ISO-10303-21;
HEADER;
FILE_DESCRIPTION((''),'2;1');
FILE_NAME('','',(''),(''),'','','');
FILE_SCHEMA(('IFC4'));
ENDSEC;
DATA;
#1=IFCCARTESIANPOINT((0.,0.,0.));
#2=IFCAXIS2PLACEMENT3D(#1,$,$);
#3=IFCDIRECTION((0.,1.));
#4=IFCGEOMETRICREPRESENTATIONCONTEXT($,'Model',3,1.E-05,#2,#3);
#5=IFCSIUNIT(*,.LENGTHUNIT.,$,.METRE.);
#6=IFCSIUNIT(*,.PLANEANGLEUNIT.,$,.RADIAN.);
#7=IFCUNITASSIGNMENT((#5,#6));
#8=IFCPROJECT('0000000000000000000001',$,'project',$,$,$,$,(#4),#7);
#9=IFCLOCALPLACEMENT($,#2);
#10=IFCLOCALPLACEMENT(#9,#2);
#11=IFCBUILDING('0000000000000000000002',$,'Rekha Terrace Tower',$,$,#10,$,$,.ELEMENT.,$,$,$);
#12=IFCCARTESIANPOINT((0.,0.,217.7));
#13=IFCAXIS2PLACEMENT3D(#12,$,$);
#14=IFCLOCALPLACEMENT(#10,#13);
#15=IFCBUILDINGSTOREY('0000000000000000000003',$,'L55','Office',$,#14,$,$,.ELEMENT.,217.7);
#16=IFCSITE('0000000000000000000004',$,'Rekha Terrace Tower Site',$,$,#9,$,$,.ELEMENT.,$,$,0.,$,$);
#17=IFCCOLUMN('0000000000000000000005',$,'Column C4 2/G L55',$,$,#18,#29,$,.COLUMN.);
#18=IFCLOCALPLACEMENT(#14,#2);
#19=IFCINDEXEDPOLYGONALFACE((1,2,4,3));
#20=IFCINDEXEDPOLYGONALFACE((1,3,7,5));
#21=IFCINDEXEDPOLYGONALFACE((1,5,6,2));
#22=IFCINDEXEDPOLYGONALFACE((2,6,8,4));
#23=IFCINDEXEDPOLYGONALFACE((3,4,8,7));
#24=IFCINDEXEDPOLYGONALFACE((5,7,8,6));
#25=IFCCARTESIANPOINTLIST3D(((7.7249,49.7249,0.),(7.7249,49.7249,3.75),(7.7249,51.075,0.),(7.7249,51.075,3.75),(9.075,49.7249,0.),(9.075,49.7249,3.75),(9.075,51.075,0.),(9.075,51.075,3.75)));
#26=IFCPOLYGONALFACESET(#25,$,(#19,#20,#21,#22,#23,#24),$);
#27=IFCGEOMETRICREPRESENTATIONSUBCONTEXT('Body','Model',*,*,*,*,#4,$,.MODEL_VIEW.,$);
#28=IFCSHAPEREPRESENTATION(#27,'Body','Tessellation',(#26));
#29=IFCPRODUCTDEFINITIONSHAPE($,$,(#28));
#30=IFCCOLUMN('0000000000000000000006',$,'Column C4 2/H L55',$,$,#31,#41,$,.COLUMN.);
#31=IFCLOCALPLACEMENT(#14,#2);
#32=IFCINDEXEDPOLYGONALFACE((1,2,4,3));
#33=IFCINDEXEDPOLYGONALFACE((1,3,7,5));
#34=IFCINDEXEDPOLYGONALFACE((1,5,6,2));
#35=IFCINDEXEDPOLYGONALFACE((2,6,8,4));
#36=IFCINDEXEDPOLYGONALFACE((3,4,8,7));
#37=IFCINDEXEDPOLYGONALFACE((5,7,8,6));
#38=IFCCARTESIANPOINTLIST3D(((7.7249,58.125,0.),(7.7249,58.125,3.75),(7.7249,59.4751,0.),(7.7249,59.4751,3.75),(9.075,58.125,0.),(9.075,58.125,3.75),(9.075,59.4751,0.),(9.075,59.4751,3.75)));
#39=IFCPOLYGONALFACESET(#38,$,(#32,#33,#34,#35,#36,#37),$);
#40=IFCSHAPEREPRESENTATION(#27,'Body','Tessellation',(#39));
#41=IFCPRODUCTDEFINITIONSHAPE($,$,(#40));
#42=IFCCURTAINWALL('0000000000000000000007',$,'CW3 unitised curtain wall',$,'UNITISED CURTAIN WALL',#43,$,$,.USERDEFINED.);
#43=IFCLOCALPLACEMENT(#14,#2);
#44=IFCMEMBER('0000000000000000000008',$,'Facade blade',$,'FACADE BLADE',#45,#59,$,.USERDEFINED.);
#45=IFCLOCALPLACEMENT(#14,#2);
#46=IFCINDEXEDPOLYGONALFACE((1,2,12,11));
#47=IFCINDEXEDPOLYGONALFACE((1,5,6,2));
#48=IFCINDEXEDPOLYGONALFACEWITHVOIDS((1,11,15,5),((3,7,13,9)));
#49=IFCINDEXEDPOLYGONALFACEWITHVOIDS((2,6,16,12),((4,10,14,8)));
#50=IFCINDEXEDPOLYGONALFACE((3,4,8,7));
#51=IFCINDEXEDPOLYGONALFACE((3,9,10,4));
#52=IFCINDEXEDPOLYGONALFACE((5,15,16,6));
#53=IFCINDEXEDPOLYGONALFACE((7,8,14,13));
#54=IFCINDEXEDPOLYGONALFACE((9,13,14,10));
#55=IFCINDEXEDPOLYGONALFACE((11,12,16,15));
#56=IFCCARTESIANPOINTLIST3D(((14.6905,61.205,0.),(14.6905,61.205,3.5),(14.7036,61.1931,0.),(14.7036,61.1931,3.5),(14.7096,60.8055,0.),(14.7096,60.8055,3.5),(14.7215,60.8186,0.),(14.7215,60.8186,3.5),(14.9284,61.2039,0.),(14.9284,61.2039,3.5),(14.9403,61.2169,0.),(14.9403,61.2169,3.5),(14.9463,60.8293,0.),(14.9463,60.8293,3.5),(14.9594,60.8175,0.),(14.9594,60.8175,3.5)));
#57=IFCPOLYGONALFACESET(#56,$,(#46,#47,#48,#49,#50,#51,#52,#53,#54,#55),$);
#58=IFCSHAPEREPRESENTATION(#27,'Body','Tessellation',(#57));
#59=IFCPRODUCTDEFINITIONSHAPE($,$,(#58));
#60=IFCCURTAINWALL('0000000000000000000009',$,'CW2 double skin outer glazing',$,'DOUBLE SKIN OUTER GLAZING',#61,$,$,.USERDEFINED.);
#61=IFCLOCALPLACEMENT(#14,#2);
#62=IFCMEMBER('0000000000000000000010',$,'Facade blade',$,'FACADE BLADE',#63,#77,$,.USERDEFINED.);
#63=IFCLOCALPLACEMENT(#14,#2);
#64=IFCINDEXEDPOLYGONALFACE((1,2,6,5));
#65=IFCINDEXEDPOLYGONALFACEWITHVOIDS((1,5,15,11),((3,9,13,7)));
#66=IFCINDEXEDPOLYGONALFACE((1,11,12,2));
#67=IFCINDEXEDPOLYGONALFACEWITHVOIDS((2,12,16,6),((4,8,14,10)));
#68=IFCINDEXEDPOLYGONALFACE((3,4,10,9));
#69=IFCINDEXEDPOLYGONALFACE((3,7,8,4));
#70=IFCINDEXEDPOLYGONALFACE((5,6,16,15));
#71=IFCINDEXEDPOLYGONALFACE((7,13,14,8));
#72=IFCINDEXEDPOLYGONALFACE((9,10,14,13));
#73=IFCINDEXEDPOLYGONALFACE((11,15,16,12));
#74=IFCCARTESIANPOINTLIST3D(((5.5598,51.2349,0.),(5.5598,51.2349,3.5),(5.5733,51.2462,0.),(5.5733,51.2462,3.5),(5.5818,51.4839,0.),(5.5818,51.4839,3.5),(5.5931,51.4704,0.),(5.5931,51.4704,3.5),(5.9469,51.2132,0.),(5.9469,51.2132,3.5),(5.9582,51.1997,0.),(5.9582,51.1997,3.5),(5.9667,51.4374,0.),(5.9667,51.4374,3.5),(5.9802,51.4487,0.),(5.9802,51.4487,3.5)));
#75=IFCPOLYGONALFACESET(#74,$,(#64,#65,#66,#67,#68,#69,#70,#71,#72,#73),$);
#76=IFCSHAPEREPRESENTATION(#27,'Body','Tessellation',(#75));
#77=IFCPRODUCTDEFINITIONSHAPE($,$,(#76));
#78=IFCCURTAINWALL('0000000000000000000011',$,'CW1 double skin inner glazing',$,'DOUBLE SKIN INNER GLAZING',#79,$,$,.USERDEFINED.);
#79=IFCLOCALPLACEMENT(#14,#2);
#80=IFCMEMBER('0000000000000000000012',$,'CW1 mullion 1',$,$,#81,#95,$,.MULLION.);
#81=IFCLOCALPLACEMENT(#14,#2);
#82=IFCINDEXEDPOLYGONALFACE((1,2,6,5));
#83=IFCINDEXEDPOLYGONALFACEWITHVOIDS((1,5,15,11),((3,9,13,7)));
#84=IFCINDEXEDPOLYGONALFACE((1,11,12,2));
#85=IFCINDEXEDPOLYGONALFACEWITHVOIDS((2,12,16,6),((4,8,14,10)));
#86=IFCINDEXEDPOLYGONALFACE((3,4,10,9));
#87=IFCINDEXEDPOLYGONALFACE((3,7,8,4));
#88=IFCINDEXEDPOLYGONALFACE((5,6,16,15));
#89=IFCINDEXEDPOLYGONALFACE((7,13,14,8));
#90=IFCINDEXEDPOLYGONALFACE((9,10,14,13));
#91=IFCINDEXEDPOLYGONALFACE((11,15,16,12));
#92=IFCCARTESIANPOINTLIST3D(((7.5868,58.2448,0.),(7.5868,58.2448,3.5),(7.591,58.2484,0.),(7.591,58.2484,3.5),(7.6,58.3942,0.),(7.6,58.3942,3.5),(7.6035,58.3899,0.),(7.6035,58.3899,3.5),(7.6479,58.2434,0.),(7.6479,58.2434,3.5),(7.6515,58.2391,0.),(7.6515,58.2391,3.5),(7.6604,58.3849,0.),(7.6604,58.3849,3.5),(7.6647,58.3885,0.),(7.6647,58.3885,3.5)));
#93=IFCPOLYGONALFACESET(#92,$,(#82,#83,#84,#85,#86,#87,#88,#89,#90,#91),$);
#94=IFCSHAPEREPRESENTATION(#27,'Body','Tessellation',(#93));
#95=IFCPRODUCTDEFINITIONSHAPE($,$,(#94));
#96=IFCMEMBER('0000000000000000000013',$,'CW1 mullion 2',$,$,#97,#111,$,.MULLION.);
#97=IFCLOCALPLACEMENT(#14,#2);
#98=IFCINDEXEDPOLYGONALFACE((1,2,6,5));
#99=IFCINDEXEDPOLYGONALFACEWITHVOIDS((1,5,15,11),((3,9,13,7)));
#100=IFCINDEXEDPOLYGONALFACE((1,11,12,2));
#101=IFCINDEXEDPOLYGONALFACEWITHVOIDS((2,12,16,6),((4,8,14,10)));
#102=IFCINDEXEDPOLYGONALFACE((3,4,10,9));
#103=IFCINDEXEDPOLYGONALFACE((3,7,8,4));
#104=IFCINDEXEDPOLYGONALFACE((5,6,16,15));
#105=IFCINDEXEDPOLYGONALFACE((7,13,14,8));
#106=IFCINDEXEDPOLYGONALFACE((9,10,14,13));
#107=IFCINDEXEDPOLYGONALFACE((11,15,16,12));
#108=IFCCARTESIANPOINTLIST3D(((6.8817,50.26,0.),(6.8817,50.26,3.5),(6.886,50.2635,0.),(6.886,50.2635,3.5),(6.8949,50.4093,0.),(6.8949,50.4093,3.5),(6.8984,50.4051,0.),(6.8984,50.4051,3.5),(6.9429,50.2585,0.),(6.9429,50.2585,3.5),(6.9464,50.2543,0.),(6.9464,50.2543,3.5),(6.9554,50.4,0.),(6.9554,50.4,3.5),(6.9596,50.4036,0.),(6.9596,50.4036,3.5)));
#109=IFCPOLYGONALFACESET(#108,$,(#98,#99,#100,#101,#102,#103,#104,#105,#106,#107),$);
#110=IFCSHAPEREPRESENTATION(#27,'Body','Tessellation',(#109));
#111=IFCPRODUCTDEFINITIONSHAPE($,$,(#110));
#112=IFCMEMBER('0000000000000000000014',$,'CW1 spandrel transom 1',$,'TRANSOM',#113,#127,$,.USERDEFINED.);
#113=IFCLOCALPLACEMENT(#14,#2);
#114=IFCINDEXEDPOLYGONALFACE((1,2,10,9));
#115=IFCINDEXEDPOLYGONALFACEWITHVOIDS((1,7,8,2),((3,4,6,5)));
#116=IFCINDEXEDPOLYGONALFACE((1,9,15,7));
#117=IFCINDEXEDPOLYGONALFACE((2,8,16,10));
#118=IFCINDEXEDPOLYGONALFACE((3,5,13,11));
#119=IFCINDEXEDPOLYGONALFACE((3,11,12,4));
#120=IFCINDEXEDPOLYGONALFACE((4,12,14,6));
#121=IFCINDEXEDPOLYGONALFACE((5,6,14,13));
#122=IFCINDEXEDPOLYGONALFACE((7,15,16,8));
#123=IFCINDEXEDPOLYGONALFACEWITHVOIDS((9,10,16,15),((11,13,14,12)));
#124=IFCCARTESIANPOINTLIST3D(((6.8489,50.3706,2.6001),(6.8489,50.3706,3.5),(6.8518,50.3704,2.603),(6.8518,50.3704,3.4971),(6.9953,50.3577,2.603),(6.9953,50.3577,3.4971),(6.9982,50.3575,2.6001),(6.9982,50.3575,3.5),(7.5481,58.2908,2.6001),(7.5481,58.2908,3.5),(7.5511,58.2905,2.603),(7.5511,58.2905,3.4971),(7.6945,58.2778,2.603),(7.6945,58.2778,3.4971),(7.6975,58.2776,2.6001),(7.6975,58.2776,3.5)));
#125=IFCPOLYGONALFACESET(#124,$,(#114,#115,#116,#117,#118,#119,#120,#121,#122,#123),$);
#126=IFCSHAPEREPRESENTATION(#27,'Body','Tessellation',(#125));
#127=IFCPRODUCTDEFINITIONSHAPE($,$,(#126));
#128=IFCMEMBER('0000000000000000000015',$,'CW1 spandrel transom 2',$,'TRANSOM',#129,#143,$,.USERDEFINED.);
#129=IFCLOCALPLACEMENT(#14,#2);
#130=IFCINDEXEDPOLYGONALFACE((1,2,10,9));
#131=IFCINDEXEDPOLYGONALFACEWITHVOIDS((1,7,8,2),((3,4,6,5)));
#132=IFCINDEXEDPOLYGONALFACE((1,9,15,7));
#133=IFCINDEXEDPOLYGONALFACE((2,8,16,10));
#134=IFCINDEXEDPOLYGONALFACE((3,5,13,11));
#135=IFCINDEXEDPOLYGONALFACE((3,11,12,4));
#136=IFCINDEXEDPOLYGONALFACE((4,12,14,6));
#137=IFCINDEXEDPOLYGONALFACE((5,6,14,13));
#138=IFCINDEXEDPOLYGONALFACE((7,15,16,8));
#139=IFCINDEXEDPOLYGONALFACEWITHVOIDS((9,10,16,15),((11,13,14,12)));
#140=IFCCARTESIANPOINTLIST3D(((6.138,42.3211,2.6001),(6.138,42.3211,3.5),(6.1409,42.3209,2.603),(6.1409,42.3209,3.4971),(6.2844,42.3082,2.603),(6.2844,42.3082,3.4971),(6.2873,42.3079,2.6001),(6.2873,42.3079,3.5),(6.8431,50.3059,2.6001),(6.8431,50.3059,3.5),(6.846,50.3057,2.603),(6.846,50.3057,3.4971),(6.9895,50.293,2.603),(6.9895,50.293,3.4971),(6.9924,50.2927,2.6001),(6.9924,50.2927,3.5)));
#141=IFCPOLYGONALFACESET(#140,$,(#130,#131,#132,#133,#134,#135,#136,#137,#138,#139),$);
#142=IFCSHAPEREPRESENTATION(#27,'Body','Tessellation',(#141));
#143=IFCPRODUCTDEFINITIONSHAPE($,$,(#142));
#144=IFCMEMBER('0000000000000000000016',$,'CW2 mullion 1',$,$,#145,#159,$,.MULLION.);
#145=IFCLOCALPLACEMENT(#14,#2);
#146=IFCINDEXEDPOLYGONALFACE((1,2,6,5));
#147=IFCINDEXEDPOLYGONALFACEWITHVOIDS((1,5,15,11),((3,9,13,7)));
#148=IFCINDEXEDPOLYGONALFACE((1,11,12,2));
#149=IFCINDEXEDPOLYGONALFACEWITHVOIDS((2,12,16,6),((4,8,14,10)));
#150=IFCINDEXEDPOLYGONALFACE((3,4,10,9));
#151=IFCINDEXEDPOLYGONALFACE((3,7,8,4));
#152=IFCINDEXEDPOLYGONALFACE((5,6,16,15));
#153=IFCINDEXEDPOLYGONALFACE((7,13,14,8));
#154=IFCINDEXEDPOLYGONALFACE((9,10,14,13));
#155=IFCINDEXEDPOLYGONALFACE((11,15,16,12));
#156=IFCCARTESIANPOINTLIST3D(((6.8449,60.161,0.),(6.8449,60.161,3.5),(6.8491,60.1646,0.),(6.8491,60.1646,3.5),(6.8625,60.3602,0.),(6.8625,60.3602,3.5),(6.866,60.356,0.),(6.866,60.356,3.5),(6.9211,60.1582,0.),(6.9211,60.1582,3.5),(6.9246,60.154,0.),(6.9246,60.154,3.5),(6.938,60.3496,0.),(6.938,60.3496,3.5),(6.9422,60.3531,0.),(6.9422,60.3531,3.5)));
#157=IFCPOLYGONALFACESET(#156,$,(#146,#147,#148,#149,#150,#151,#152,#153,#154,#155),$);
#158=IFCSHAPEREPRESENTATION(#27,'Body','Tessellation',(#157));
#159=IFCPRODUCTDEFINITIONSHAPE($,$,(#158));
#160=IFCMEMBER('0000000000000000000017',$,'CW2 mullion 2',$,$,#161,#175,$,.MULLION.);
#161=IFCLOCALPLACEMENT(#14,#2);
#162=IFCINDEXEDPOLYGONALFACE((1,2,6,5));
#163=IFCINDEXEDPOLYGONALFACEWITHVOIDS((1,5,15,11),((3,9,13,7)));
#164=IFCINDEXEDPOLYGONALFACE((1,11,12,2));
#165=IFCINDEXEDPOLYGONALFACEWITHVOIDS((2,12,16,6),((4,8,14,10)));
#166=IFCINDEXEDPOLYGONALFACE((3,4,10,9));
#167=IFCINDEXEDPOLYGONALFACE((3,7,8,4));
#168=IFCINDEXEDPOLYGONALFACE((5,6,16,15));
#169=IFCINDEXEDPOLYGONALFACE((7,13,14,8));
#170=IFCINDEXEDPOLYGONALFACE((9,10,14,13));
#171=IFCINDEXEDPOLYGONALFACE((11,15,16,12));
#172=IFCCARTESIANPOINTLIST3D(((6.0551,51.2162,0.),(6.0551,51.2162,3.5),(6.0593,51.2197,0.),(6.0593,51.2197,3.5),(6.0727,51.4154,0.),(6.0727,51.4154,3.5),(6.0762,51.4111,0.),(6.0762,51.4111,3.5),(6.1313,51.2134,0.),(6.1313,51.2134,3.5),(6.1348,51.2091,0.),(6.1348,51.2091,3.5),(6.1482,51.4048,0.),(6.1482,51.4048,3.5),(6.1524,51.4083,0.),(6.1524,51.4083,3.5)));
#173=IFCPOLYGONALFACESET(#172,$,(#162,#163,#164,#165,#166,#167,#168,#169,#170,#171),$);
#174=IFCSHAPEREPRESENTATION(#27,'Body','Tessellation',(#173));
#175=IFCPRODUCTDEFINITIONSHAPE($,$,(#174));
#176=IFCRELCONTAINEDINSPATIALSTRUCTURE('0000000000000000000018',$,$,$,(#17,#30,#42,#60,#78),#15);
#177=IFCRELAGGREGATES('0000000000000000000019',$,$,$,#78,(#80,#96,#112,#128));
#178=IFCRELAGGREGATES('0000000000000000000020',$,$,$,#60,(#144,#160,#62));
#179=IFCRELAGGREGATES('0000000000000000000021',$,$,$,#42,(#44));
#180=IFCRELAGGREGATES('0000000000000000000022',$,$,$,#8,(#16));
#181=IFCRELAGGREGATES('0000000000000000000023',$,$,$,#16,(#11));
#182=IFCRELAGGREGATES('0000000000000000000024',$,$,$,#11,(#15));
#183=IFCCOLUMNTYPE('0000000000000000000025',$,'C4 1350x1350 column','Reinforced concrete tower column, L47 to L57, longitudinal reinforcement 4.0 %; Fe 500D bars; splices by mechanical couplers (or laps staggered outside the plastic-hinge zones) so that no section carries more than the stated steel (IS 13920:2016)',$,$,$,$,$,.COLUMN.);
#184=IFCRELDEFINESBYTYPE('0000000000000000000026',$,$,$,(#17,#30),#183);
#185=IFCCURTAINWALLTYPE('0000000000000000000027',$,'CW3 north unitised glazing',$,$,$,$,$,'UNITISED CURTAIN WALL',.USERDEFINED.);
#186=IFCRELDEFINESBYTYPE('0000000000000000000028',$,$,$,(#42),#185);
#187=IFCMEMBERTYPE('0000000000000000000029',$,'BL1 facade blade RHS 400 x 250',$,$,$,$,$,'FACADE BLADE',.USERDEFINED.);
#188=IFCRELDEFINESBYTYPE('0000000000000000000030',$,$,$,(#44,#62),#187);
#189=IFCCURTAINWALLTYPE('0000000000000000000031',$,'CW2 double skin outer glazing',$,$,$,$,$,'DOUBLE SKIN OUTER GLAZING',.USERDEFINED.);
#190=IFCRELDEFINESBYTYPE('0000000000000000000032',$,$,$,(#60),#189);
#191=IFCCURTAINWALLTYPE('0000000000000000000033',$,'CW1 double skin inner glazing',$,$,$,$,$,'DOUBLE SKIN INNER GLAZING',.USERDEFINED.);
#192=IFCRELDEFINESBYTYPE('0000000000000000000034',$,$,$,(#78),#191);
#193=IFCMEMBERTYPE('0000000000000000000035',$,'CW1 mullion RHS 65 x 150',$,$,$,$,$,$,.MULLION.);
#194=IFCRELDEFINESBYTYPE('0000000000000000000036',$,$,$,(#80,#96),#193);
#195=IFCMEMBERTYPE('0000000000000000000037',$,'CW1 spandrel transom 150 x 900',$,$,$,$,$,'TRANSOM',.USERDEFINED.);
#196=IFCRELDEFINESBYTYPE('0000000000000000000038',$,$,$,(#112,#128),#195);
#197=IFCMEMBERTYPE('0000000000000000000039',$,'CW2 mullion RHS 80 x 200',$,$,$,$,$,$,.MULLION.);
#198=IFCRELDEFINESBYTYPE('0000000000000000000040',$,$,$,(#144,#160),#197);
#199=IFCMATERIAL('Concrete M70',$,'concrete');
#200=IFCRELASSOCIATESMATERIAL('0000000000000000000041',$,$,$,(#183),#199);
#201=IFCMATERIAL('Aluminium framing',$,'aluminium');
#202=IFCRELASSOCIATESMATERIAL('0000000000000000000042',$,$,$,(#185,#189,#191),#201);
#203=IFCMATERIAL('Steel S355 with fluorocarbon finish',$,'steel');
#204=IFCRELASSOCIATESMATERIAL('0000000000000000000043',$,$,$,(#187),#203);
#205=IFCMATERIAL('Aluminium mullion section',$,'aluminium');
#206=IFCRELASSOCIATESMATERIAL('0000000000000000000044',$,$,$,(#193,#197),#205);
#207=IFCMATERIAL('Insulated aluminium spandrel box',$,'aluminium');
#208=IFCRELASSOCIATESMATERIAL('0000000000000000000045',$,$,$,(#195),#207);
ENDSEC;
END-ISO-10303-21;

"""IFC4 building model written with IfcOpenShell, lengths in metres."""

from ifc_helpers import new_model, si_unit, direction, frame, origin, origin_2d, place, context, subcontext, project, spatial, rectangle, hollow_rectangle, extrude, material, material_profile, profile_set, type_object, element, aggregate, save


model = new_model("IFC4")

# Units and contexts
model_context = context("Model", 3, precision=1e-05, world=origin(), true_north=direction((0.0, 1.0)))
body_context = subcontext(model_context, "Body", "Model", "MODEL_VIEW")
ifc_project = project(units=[si_unit("LENGTHUNIT", "METRE"), si_unit("PLANEANGLEUNIT", "RADIAN")], contexts=[model_context])

# Site, building, storey
site_placement = place(None, origin())
site = spatial("IfcSite", under=ifc_project, at=site_placement, Name="Rekha Terrace Tower Site", CompositionType="ELEMENT", RefElevation=0.0)
building_placement = place(site_placement, origin())
building = spatial("IfcBuilding", under=site, at=building_placement, Name="Rekha Terrace Tower", CompositionType="ELEMENT")
storey_placement = place(building_placement, frame((0.0, 0.0, 217.7)))
storey = spatial("IfcBuildingStorey", under=building, at=storey_placement, Name="L55", Description="Office", CompositionType="ELEMENT", Elevation=217.7)

# Columns
ifc_material_1 = material(Name="Concrete M70", Category="concrete")
ifc_material_profile_1 = material_profile(ifc_material_1, rectangle(XDim=1.3501, YDim=1.3501, at=origin_2d()), Name="RC 1350x1350")
ifc_profile_set_1 = profile_set([ifc_material_profile_1], Name="Concrete M70")
column_type = type_object("IfcColumnType", Name="C4 1350x1350 column", Description="Reinforced concrete tower column, L47 to L57, longitudinal reinforcement 4.0 %; Fe 500D bars; splices by mechanical couplers (or laps staggered outside the plastic-hinge zones) so that no section carries more than the stated steel (IS 13920:2016)", PredefinedType="COLUMN", material=ifc_profile_set_1)
for number, where, z_axis, x_axis, name in (
    (1, (8.3999, 50.3999, 0.0), (0.0, 0.0, 1.0), (1.0, 0.0, 0.0), "Column C4 2/G L55"),
    (2, (8.3999, 58.8, 0.0), (0.0, 0.0, 1.0), (1.0, 0.0, 0.0), "Column C4 2/H L55"),
):
    element("IfcColumn", number, at=place(storey_placement, frame(where, z_axis=z_axis, x_axis=x_axis)), inside=storey, type_object=column_type, Name=name, PredefinedType="COLUMN", context=body_context, shape_type="SweptSolid", body=[
        extrude(rectangle(XDim=1.3501, YDim=1.3501, at=origin_2d()), origin(), (0.0, 0.0, 1.0), 3.75),
    ])

# Curtain walls, members
ifc_material_2 = material(Name="Aluminium framing", Category="aluminium")
curtain_wall_type_1 = type_object("IfcCurtainWallType", Name="CW3 north unitised glazing", ElementType="UNITISED CURTAIN WALL", PredefinedType="USERDEFINED", material=ifc_material_2)
curtain_wall_1_placement = place(storey_placement, origin())
curtain_wall_1 = element("IfcCurtainWall", 3, at=curtain_wall_1_placement, inside=storey, type_object=curtain_wall_type_1, Name="CW3 unitised curtain wall", ObjectType="UNITISED CURTAIN WALL", PredefinedType="USERDEFINED")
ifc_material_3 = material(Name="Steel S355 with fluorocarbon finish", Category="steel")
ifc_material_profile_2 = material_profile(ifc_material_3, hollow_rectangle(XDim=0.25, YDim=0.3999, WallThickness=0.0125, at=origin_2d()), Name="RHS400x250x12.5")
ifc_profile_set_2 = profile_set([ifc_material_profile_2], Name="Steel S355 with fluorocarbon finish")
member_type_1 = type_object("IfcMemberType", Name="BL1 facade blade RHS 400 x 250", ElementType="FACADE BLADE", PredefinedType="USERDEFINED", material=ifc_profile_set_2)
member_1_placement = place(storey_placement, frame((14.825, 61.0112, 0.0), z_axis=(0.0, 0.0, 1.0), x_axis=(-0.998859, -0.047758, 0.0)))
member_1 = element("IfcMember", 4, at=member_1_placement, type_object=member_type_1, Name="Facade blade", ObjectType="FACADE BLADE", PredefinedType="USERDEFINED", context=body_context, shape_type="SweptSolid", body=[
    extrude(hollow_rectangle(XDim=0.25, YDim=0.3999, WallThickness=0.0125, at=origin_2d()), origin(), (0.0, 0.0, 1.0), 3.5),
])
curtain_wall_type_2 = type_object("IfcCurtainWallType", Name="CW2 double skin outer glazing", ElementType="DOUBLE SKIN OUTER GLAZING", PredefinedType="USERDEFINED", material=ifc_material_2)
curtain_wall_2_placement = place(storey_placement, origin())
curtain_wall_2 = element("IfcCurtainWall", 5, at=curtain_wall_2_placement, inside=storey, type_object=curtain_wall_type_2, Name="CW2 double skin outer glazing", ObjectType="DOUBLE SKIN OUTER GLAZING", PredefinedType="USERDEFINED")
member_2_placement = place(storey_placement, frame((5.77, 51.3418, 0.0), z_axis=(0.0, 0.0, 1.0), x_axis=(-0.087957, -0.996124, 0.0)))
member_2 = element("IfcMember", 6, at=member_2_placement, type_object=member_type_1, Name="Facade blade", ObjectType="FACADE BLADE", PredefinedType="USERDEFINED", context=body_context, shape_type="SweptSolid", body=[
    extrude(hollow_rectangle(XDim=0.25, YDim=0.3999, WallThickness=0.0125, at=origin_2d()), origin(), (0.0, 0.0, 1.0), 3.5),
])

# Curtain wall, members
curtain_wall_type_3 = type_object("IfcCurtainWallType", Name="CW1 double skin inner glazing", ElementType="DOUBLE SKIN INNER GLAZING", PredefinedType="USERDEFINED", material=ifc_material_2)
curtain_wall_3_placement = place(storey_placement, origin())
curtain_wall_3 = element("IfcCurtainWall", 7, at=curtain_wall_3_placement, inside=storey, type_object=curtain_wall_type_3, Name="CW1 double skin inner glazing", ObjectType="DOUBLE SKIN INNER GLAZING", PredefinedType="USERDEFINED")
ifc_material_4 = material(Name="Aluminium mullion section", Category="aluminium")
ifc_material_profile_3 = material_profile(ifc_material_4, hollow_rectangle(XDim=0.0649, YDim=0.1499, WallThickness=0.0039, at=origin_2d()), Name="AL RHS 65x150")
ifc_profile_set_3 = profile_set([ifc_material_profile_3], Name="Aluminium mullion section")
member_type_2 = type_object("IfcMemberType", Name="CW1 mullion RHS 65 x 150", PredefinedType="MULLION", material=ifc_profile_set_3)
member_3_placement = place(storey_placement, frame((7.6257, 58.3167, 0.0), z_axis=(0.0, 0.0, 1.0), x_axis=(0.996124, -0.087958, 0.0)))
member_3 = element("IfcMember", 8, at=member_3_placement, type_object=member_type_2, Name="CW1 mullion 1", PredefinedType="MULLION", context=body_context, shape_type="SweptSolid", body=[
    extrude(hollow_rectangle(XDim=0.0649, YDim=0.1499, WallThickness=0.0039, at=origin_2d()), origin(), (0.0, 0.0, 1.0), 3.5),
])
member_4_placement = place(storey_placement, frame((6.9207, 50.3318, 0.0), z_axis=(0.0, 0.0, 1.0), x_axis=(0.996124, -0.087958, 0.0)))
member_4 = element("IfcMember", 9, at=member_4_placement, type_object=member_type_2, Name="CW1 mullion 2", PredefinedType="MULLION", context=body_context, shape_type="SweptSolid", body=[
    extrude(hollow_rectangle(XDim=0.0649, YDim=0.1499, WallThickness=0.0039, at=origin_2d()), origin(), (0.0, 0.0, 1.0), 3.5),
])
ifc_material_5 = material(Name="Insulated aluminium spandrel box", Category="aluminium")
ifc_material_profile_4 = material_profile(ifc_material_5, hollow_rectangle(XDim=0.1499, YDim=0.8999, WallThickness=0.0029, at=origin_2d()), Name="AL SPANDREL BOX 150x900")
ifc_profile_set_4 = profile_set([ifc_material_profile_4], Name="Insulated aluminium spandrel box")
member_type_3 = type_object("IfcMemberType", Name="CW1 spandrel transom 150 x 900", ElementType="TRANSOM", PredefinedType="USERDEFINED", material=ifc_profile_set_4)
member_5_placement = place(storey_placement, frame((7.6228, 58.2842, 3.05), z_axis=(-0.087941, -0.996126, 0.0), x_axis=(0.996126, -0.087941, 0.0)))
member_5 = element("IfcMember", 10, at=member_5_placement, type_object=member_type_3, Name="CW1 spandrel transom 1", ObjectType="TRANSOM", PredefinedType="USERDEFINED", context=body_context, shape_type="SweptSolid", body=[
    extrude(hollow_rectangle(XDim=0.1499, YDim=0.8999, WallThickness=0.0029, at=origin_2d()), origin(), (0.0, 0.0, 1.0), 7.9509),
])
member_6_placement = place(storey_placement, frame((6.9177, 50.2993, 3.05), z_axis=(-0.08796, -0.996124, 0.0), x_axis=(0.996124, -0.08796, 0.0)))
member_6 = element("IfcMember", 11, at=member_6_placement, type_object=member_type_3, Name="CW1 spandrel transom 2", ObjectType="TRANSOM", PredefinedType="USERDEFINED", context=body_context, shape_type="SweptSolid", body=[
    extrude(hollow_rectangle(XDim=0.1499, YDim=0.8999, WallThickness=0.0029, at=origin_2d()), origin(), (0.0, 0.0, 1.0), 8.0159),
])

# Members
ifc_material_profile_5 = material_profile(ifc_material_4, hollow_rectangle(XDim=0.0801, YDim=0.2, WallThickness=0.0039, at=origin_2d()), Name="AL RHS 80x200")
ifc_profile_set_5 = profile_set([ifc_material_profile_5], Name="Aluminium mullion section")
member_type_4 = type_object("IfcMemberType", Name="CW2 mullion RHS 80 x 200", PredefinedType="MULLION", material=ifc_profile_set_5)
member_7_placement = place(storey_placement, frame((6.8936, 60.2571, 0.0), z_axis=(0.0, 0.0, 1.0), x_axis=(0.996124, -0.087958, 0.0)))
member_7 = element("IfcMember", 12, at=member_7_placement, type_object=member_type_4, Name="CW2 mullion 1", PredefinedType="MULLION", context=body_context, shape_type="SweptSolid", body=[
    extrude(hollow_rectangle(XDim=0.0801, YDim=0.2, WallThickness=0.0039, at=origin_2d()), origin(), (0.0, 0.0, 1.0), 3.5),
])
member_8_placement = place(storey_placement, frame((6.1038, 51.3123, 0.0), z_axis=(0.0, 0.0, 1.0), x_axis=(0.996124, -0.087958, 0.0)))
member_8 = element("IfcMember", 13, at=member_8_placement, type_object=member_type_4, Name="CW2 mullion 2", PredefinedType="MULLION", context=body_context, shape_type="SweptSolid", body=[
    extrude(hollow_rectangle(XDim=0.0801, YDim=0.2, WallThickness=0.0039, at=origin_2d()), origin(), (0.0, 0.0, 1.0), 3.5),
])

aggregate(curtain_wall_3, [member_3, member_4, member_5, member_6])
aggregate(curtain_wall_2, [member_7, member_8, member_2])
aggregate(curtain_wall_1, [member_1])

save(model, "model.ifc")
